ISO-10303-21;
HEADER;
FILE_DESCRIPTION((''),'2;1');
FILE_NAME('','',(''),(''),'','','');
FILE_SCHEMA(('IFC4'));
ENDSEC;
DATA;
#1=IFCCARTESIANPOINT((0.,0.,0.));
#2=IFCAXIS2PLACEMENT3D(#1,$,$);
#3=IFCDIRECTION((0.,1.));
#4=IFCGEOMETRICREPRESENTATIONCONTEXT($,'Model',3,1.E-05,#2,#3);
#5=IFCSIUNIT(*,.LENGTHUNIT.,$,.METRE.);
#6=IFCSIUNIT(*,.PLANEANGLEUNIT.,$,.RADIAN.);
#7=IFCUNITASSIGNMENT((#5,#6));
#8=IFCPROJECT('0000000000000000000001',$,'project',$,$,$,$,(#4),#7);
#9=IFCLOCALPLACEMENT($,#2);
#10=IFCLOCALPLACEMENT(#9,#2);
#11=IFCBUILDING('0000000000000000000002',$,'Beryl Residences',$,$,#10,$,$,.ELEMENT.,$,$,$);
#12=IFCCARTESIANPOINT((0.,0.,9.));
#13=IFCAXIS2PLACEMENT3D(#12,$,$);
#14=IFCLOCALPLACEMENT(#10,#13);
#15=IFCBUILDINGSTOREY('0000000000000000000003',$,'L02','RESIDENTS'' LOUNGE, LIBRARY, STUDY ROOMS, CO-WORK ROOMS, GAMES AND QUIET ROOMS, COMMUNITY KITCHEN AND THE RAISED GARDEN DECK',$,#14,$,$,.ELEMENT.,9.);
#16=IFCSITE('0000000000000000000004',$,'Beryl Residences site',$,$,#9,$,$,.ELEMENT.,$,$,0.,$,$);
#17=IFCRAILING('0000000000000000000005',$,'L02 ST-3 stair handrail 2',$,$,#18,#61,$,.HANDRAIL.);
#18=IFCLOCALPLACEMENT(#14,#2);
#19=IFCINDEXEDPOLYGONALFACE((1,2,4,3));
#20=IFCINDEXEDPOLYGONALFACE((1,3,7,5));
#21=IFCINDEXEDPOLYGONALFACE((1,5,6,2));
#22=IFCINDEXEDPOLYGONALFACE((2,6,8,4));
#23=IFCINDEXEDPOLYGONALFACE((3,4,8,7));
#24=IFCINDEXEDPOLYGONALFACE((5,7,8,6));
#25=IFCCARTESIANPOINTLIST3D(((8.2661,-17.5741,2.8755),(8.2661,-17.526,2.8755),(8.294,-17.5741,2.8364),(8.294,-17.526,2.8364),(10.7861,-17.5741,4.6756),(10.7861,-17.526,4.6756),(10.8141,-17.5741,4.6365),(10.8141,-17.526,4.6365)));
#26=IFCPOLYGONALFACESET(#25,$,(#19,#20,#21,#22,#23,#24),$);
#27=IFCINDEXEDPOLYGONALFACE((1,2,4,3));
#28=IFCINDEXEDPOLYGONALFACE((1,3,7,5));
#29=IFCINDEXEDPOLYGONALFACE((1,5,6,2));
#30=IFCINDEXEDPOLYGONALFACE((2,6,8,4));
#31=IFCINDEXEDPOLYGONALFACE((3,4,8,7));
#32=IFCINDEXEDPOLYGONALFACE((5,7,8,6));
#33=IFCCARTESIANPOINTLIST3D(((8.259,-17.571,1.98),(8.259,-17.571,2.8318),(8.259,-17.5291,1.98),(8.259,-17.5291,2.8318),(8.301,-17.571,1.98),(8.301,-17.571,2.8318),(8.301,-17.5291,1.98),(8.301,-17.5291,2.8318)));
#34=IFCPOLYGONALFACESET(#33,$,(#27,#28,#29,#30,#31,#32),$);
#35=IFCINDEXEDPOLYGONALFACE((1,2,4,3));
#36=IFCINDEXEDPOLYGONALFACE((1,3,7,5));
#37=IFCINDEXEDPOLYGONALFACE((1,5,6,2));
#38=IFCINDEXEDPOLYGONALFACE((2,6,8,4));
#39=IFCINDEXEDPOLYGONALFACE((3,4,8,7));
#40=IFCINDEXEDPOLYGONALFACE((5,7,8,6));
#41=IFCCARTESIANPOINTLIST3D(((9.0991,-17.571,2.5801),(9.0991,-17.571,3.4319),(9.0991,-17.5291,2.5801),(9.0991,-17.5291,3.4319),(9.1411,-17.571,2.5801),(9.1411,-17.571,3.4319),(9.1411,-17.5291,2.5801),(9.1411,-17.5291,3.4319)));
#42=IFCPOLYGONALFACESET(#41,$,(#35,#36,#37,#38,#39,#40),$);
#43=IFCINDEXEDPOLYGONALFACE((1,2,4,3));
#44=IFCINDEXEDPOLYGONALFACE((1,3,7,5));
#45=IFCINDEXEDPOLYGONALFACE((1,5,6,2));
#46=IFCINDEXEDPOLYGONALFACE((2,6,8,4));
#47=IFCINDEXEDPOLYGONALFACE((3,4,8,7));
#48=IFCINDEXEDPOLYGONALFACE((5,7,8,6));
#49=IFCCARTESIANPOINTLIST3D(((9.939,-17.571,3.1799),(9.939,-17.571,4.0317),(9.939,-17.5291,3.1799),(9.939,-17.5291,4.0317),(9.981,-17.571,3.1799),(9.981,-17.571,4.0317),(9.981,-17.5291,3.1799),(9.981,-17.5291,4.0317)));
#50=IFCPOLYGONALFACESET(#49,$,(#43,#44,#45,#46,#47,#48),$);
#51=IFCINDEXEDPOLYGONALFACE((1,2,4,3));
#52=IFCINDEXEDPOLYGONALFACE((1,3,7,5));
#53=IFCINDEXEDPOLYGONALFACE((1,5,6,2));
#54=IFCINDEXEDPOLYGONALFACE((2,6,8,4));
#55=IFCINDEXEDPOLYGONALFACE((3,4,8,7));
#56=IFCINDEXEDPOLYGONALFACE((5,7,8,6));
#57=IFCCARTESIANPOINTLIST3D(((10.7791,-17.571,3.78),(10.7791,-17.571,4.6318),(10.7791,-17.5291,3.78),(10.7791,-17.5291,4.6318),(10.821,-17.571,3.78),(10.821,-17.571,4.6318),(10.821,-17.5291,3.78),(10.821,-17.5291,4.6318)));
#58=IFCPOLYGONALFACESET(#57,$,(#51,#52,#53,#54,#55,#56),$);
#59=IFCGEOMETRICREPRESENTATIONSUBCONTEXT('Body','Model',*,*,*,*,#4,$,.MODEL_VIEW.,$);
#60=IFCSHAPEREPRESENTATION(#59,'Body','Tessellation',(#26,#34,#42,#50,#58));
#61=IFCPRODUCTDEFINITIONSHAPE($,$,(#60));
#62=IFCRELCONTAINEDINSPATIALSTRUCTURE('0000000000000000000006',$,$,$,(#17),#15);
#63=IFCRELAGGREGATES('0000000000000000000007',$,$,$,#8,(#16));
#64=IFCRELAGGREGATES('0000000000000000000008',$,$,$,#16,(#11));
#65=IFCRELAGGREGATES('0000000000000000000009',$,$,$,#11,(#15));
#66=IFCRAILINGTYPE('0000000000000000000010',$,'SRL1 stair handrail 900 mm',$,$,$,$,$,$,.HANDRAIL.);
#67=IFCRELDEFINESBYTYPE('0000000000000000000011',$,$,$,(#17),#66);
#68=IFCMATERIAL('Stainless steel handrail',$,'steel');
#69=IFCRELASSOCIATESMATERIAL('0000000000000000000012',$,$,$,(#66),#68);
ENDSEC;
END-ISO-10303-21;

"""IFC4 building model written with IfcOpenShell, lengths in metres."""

from ifc_helpers import new_model, si_unit, direction, frame, origin, origin_2d, place, context, subcontext, project, spatial, rectangle, extrude, material, type_object, element, save


model = new_model("IFC4")

# Units and contexts
model_context = context("Model", 3, precision=1e-05, world=origin(), true_north=direction((0.0, 1.0)))
body_context = subcontext(model_context, "Body", "Model", "MODEL_VIEW")
ifc_project = project(units=[si_unit("LENGTHUNIT", "METRE"), si_unit("PLANEANGLEUNIT", "RADIAN")], contexts=[model_context])

# Site, building, storey
site_placement = place(None, origin())
site = spatial("IfcSite", under=ifc_project, at=site_placement, Name="Beryl Residences site", CompositionType="ELEMENT", RefElevation=0.0)
building_placement = place(site_placement, origin())
building = spatial("IfcBuilding", under=site, at=building_placement, Name="Beryl Residences", CompositionType="ELEMENT")
storey_placement = place(building_placement, frame((0.0, 0.0, 9.0)))
storey = spatial("IfcBuildingStorey", under=building, at=storey_placement, Name="L02", Description="RESIDENTS' LOUNGE, LIBRARY, STUDY ROOMS, CO-WORK ROOMS, GAMES AND QUIET ROOMS, COMMUNITY KITCHEN AND THE RAISED GARDEN DECK", CompositionType="ELEMENT", Elevation=9.0)

# Railing
ifc_material_1 = material(Name="Stainless steel handrail", Category="steel")
railing_type_1 = type_object("IfcRailingType", Name="SRL1 stair handrail 900 mm", PredefinedType="HANDRAIL", material=ifc_material_1)
railing_1_placement = place(storey_placement, frame((8.28, -17.55, 1.98)))
element("IfcRailing", 1, at=railing_1_placement, inside=storey, type_object=railing_type_1, Name="L02 ST-3 stair handrail 2", PredefinedType="HANDRAIL", context=body_context, shape_type="SweptSolid", body=[
    extrude(rectangle(XDim=0.0481, YDim=0.0481, at=origin_2d()), frame((0.0, 0.0, 0.876), z_axis=(0.813728, 0.0, 0.581246), x_axis=(0.0, 1.0, 0.0)), (0.0, 0.0, 1.0), 3.0969),
    extrude(rectangle(XDim=0.042, YDim=0.042, at=origin_2d()), origin(), (0.0, 0.0, 1.0), 0.8518),
    extrude(rectangle(XDim=0.042, YDim=0.042, at=origin_2d()), frame((0.8401, 0.0, 0.6001)), (0.0, 0.0, 1.0), 0.8518),
    extrude(rectangle(XDim=0.042, YDim=0.042, at=origin_2d()), frame((1.6799, 0.0, 1.2)), (0.0, 0.0, 1.0), 0.8518),
    extrude(rectangle(XDim=0.042, YDim=0.042, at=origin_2d()), frame((2.52, 0.0, 1.8)), (0.0, 0.0, 1.0), 0.8518),
])

save(model, "model.ifc")
